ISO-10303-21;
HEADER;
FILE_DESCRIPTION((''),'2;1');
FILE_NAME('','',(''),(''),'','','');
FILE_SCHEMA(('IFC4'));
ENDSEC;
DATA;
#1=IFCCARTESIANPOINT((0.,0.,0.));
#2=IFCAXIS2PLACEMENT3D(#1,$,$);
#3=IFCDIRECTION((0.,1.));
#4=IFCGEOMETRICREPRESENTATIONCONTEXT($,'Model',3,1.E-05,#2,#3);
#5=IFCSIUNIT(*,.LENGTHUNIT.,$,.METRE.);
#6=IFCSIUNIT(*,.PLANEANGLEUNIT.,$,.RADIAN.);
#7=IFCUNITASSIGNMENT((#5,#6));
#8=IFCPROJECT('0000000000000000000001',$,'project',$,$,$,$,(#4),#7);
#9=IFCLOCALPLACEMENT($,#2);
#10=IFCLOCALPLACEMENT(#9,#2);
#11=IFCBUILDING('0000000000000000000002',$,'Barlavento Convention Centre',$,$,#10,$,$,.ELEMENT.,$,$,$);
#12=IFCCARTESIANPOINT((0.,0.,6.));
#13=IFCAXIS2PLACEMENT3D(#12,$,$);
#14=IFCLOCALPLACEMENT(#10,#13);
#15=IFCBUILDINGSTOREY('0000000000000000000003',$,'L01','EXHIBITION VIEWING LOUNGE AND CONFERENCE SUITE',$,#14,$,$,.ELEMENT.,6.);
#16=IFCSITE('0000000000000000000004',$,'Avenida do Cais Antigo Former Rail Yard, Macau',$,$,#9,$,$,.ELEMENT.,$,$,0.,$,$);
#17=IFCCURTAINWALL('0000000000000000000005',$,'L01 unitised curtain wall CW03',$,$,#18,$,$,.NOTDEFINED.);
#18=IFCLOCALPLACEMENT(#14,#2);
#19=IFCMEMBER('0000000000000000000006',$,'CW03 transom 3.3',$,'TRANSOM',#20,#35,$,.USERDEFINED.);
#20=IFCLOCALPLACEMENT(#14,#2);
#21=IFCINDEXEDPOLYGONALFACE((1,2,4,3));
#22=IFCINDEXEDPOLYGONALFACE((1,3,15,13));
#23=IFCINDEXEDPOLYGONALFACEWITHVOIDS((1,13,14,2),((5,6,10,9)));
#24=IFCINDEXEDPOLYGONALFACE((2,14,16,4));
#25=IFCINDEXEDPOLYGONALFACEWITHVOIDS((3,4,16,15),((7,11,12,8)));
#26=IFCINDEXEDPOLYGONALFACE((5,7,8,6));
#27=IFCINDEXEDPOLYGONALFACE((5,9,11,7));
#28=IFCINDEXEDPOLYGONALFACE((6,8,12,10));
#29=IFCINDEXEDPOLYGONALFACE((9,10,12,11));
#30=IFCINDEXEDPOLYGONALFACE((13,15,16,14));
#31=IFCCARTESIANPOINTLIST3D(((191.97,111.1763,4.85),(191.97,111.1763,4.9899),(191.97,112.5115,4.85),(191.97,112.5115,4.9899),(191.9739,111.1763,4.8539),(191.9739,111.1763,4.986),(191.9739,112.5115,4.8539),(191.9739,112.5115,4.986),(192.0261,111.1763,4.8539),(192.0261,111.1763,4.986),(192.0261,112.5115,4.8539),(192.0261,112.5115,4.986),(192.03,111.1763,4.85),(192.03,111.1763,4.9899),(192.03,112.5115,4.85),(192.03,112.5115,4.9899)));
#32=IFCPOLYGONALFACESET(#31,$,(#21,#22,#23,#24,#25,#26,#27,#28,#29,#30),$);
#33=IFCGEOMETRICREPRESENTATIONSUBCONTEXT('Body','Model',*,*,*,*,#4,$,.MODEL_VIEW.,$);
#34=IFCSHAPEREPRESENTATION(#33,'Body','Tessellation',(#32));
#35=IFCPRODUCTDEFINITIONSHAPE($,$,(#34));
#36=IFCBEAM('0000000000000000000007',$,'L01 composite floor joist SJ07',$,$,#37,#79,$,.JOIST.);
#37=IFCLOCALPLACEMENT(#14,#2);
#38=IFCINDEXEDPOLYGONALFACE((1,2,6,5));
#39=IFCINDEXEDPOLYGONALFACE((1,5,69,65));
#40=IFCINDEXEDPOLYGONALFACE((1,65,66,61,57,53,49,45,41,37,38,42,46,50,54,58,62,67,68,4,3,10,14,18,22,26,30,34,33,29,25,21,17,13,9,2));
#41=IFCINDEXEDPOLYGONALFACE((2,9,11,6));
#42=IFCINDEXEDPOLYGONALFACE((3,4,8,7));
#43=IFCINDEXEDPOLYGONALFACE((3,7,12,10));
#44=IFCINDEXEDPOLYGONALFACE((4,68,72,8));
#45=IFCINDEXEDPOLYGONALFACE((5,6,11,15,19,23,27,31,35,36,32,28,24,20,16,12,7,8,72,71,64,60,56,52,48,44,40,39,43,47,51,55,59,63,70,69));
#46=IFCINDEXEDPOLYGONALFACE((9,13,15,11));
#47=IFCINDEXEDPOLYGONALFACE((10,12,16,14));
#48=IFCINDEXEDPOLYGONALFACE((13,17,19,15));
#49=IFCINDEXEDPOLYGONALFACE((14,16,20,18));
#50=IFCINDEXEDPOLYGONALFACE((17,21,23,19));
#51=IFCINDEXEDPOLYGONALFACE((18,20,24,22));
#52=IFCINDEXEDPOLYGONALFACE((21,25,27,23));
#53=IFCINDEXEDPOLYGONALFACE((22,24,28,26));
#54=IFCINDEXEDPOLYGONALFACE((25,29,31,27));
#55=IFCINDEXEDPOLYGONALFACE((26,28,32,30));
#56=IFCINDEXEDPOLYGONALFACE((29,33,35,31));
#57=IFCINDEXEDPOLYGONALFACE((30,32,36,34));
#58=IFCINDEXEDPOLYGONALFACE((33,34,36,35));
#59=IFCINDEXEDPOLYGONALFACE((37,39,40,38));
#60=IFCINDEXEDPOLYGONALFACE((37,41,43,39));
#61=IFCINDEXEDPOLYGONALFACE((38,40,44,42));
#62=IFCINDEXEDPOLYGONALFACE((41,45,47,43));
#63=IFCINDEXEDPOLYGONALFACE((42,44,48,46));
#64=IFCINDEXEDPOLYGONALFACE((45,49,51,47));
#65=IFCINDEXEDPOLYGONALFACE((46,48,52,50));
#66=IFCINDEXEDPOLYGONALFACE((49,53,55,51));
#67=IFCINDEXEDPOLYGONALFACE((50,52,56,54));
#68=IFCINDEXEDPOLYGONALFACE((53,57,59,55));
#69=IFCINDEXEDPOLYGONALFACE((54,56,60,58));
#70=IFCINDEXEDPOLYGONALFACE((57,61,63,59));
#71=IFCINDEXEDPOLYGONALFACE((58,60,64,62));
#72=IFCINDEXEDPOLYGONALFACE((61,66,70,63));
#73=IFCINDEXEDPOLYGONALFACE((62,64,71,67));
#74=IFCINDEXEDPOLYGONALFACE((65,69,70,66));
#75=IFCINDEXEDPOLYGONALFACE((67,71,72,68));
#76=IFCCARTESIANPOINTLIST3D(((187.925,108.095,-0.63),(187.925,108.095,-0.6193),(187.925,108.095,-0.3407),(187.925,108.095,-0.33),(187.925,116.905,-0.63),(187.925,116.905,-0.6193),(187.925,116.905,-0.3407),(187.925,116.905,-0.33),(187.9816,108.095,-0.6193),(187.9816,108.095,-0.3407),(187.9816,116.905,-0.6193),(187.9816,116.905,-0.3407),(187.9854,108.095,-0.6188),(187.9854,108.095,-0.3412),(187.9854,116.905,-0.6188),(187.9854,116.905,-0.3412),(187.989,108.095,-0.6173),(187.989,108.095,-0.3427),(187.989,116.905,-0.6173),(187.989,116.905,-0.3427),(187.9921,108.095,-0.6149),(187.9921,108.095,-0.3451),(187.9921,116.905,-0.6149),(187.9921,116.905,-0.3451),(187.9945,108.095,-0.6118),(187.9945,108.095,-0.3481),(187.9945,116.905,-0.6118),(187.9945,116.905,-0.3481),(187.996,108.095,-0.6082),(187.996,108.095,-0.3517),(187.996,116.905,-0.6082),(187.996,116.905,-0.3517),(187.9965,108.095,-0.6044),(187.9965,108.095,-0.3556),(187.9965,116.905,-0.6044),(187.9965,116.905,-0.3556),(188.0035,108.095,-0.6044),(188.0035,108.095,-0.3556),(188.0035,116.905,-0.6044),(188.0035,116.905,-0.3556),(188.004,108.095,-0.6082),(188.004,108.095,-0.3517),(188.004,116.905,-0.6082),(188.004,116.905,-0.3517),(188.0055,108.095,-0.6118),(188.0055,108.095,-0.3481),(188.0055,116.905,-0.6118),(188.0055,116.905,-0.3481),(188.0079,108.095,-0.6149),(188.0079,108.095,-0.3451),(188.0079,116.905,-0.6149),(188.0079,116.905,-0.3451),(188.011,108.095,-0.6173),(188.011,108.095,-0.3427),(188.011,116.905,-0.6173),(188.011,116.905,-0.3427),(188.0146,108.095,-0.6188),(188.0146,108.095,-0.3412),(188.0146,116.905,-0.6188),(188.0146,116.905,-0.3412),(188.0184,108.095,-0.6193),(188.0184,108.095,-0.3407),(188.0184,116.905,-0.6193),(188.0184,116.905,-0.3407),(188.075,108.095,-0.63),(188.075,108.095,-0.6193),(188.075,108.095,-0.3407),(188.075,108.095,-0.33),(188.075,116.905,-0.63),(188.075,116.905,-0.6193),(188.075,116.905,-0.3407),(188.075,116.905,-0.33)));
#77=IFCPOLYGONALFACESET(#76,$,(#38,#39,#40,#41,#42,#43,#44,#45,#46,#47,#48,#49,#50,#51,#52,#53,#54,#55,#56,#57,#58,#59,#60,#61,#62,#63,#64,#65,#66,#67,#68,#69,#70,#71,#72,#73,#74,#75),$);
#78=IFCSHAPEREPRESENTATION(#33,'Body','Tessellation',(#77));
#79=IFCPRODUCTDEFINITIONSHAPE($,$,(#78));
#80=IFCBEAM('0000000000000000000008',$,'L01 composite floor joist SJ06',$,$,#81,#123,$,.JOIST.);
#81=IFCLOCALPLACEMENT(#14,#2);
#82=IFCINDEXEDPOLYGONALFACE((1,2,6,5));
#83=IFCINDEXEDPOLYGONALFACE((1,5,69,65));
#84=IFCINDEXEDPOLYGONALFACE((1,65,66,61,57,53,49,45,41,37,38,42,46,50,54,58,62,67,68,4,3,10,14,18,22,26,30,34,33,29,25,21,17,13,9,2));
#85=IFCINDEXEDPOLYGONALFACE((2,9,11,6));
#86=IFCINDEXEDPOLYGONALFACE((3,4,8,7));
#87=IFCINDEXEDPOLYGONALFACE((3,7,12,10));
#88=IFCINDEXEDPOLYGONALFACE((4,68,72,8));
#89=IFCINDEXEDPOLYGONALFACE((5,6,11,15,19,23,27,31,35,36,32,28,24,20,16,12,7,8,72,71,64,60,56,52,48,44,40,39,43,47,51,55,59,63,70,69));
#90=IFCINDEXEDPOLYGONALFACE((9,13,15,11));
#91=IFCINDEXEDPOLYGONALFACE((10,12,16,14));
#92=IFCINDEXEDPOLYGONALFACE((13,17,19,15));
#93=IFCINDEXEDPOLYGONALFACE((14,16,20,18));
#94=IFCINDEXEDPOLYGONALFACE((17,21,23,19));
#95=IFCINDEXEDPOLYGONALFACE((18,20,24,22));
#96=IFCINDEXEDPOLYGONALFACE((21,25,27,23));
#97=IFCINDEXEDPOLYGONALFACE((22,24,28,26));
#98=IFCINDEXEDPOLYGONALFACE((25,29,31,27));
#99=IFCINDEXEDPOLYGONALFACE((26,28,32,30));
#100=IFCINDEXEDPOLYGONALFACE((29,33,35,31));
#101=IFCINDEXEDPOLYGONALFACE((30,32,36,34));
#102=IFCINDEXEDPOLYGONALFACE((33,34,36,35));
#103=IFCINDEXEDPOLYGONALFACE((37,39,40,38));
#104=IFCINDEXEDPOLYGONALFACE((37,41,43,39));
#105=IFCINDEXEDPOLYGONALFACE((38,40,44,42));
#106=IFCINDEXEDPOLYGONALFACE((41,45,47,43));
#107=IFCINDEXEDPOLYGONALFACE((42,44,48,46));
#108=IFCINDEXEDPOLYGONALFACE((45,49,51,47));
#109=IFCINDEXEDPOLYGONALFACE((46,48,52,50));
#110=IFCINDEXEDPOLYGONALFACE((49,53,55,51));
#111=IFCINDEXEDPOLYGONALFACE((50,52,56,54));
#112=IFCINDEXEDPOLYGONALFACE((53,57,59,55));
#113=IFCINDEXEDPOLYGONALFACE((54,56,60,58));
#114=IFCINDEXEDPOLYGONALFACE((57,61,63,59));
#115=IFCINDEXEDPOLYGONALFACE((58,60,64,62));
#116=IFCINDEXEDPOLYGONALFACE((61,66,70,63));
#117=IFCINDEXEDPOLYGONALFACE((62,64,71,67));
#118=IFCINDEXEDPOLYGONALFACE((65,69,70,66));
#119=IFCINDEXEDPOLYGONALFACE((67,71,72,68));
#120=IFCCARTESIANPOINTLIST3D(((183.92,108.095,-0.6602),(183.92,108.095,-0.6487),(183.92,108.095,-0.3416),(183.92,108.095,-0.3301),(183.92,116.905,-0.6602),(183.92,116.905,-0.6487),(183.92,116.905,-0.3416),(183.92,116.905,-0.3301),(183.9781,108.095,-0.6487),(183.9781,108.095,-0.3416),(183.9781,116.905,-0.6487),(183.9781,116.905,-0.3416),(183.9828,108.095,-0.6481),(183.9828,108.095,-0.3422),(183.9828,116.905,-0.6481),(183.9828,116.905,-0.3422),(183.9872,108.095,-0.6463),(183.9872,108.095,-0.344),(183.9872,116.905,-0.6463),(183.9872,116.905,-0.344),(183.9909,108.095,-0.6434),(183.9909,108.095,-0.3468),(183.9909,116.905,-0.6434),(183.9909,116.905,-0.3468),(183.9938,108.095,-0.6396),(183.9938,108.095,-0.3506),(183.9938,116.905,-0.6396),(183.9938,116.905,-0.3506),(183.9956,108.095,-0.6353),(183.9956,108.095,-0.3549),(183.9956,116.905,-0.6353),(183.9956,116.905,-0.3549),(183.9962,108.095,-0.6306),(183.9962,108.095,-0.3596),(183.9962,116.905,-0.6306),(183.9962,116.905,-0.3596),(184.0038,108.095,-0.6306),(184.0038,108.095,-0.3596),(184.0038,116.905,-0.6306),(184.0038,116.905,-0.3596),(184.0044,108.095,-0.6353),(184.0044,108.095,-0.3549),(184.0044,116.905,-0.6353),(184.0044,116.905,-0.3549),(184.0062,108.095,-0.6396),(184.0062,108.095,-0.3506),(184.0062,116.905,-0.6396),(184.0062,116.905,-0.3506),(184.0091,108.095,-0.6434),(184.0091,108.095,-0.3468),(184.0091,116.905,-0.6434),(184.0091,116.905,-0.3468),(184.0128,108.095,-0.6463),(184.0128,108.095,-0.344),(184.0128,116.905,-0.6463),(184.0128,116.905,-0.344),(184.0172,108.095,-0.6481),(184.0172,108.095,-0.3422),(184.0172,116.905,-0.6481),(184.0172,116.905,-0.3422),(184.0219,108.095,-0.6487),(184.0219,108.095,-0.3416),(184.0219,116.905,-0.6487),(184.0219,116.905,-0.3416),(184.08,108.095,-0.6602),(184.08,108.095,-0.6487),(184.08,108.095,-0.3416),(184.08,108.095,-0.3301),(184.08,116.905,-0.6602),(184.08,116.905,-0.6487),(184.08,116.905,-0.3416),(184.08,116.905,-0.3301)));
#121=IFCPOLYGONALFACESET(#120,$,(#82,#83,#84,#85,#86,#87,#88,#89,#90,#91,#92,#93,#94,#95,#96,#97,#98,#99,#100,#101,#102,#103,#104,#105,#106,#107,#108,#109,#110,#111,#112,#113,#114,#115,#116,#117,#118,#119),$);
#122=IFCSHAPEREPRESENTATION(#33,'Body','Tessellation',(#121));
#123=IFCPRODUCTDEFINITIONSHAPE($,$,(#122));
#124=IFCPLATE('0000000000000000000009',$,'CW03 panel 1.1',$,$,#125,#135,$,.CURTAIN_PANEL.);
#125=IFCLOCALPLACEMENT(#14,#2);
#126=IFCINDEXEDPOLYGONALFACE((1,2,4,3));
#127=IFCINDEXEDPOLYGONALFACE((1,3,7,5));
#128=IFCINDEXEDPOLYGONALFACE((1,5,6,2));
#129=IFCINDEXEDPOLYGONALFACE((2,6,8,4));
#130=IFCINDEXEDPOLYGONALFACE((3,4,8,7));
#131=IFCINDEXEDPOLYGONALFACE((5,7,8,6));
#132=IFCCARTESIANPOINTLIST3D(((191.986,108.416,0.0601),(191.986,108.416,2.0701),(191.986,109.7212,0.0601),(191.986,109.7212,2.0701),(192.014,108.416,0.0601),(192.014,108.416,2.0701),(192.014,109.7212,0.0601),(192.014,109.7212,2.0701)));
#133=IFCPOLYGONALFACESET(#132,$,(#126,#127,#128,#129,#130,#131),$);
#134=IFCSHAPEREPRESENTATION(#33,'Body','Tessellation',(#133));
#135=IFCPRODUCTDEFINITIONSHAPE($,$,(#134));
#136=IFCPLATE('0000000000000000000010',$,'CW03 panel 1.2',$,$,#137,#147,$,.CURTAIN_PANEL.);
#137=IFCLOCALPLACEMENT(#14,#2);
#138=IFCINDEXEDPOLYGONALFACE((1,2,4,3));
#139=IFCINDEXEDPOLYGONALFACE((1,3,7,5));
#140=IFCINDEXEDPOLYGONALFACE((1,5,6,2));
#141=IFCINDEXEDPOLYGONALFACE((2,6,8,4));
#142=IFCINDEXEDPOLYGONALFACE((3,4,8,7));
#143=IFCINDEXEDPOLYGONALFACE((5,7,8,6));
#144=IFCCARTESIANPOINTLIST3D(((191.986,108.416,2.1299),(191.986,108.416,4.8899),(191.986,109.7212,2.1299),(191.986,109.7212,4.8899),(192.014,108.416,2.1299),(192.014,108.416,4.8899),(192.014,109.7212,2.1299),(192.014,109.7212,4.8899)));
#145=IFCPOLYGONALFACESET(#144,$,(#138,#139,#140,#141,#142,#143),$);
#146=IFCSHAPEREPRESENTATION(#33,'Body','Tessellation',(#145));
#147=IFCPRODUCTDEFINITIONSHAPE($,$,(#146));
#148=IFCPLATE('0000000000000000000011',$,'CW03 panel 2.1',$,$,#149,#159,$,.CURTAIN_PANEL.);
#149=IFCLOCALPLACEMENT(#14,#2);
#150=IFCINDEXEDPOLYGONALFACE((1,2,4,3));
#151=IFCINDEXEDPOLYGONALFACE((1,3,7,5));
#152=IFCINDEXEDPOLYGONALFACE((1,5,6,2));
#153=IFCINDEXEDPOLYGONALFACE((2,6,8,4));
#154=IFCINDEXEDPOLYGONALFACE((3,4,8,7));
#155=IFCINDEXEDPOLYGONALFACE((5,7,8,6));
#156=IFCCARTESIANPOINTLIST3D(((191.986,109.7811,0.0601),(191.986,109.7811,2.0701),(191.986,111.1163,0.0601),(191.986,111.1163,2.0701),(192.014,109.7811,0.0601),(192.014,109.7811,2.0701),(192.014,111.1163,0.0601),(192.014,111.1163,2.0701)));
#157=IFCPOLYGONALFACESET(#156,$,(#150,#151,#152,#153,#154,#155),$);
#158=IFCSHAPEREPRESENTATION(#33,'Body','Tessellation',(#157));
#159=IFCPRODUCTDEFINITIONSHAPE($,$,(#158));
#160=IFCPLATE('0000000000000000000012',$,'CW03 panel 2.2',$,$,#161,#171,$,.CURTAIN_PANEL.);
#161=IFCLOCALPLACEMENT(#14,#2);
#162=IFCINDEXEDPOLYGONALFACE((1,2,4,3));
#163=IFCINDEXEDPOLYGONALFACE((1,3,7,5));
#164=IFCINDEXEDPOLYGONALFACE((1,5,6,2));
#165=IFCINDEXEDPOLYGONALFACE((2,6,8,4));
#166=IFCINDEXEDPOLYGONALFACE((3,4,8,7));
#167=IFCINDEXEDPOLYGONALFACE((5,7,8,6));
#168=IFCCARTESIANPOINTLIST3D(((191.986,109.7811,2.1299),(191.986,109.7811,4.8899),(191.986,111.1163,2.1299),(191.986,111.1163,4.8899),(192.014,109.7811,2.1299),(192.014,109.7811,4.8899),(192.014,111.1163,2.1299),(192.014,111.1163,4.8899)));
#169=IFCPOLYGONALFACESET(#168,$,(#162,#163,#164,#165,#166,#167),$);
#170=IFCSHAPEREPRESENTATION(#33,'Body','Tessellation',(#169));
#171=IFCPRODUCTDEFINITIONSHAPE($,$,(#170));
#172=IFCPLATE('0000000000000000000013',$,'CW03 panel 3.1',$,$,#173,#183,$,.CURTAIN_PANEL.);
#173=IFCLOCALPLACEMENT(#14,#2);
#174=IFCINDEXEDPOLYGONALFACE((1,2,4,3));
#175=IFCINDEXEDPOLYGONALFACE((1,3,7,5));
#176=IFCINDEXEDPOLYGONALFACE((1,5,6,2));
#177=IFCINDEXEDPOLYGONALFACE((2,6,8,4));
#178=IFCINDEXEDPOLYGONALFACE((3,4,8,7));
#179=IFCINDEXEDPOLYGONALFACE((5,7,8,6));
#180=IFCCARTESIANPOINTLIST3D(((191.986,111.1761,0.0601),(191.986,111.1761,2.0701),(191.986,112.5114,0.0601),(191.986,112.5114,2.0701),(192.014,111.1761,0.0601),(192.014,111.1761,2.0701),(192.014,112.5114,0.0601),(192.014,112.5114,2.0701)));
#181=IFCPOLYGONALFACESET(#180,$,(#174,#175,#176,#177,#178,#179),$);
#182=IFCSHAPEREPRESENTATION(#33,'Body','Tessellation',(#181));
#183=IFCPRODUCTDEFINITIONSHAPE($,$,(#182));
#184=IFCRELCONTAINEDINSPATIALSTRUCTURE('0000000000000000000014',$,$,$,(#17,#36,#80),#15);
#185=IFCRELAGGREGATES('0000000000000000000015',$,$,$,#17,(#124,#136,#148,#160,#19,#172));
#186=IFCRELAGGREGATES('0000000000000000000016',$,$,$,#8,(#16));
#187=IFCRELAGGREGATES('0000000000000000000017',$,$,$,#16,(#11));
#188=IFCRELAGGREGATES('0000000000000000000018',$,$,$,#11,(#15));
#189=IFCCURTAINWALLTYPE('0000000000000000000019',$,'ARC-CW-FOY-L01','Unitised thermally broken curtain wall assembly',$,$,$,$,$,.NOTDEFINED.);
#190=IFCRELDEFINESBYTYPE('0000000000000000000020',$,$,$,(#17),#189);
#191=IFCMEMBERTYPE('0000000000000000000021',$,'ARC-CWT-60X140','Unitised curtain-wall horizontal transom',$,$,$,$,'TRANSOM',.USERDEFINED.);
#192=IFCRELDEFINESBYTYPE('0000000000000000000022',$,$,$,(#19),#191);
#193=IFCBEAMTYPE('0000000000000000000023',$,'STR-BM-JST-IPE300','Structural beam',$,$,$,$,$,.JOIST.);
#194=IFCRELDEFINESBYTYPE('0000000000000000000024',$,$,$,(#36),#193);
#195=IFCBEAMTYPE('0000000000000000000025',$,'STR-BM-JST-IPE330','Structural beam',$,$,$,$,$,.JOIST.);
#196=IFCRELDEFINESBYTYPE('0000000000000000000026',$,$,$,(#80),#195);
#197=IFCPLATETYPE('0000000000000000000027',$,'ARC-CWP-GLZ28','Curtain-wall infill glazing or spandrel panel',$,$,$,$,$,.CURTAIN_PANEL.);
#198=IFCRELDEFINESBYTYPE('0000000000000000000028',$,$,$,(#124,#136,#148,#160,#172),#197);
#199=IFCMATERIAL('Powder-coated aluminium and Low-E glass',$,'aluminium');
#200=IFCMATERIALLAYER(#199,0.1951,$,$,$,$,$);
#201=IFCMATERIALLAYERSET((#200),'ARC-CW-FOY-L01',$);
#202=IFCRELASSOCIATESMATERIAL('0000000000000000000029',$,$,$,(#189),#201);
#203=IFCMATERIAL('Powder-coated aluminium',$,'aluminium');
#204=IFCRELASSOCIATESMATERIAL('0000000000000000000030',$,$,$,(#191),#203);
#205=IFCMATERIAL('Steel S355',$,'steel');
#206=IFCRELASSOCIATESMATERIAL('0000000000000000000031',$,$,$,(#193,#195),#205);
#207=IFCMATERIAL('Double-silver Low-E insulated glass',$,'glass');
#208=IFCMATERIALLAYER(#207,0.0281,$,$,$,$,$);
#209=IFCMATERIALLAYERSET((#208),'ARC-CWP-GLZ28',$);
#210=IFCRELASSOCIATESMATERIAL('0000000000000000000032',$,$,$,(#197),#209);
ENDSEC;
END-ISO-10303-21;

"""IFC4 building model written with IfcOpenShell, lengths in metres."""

from ifc_helpers import new_model, si_unit, direction, frame, origin, origin_2d, place, context, subcontext, project, spatial, rectangle, hollow_rectangle, i_section, extrude, material, layer, layer_set, material_profile, profile_set, type_object, element, aggregate, save


model = new_model("IFC4")

# Units and contexts
model_context = context("Model", 3, precision=1e-05, world=origin(), true_north=direction((0.0, 1.0)))
body_context = subcontext(model_context, "Body", "Model", "MODEL_VIEW")
ifc_project = project(units=[si_unit("LENGTHUNIT", "METRE"), si_unit("PLANEANGLEUNIT", "RADIAN")], contexts=[model_context])

# Site, building, storey
site_placement = place(None, origin())
site = spatial("IfcSite", under=ifc_project, at=site_placement, Name="Avenida do Cais Antigo Former Rail Yard, Macau", CompositionType="ELEMENT", RefElevation=0.0)
building_placement = place(site_placement, origin())
building = spatial("IfcBuilding", under=site, at=building_placement, Name="Barlavento Convention Centre", CompositionType="ELEMENT")
storey_placement = place(building_placement, frame((0.0, 0.0, 6.0)))
storey = spatial("IfcBuildingStorey", under=building, at=storey_placement, Name="L01", Description="EXHIBITION VIEWING LOUNGE AND CONFERENCE SUITE", CompositionType="ELEMENT", Elevation=6.0)

# Curtain wall, member
ifc_material_1 = material(Name="Powder-coated aluminium and Low-E glass", Category="aluminium")
ifc_layer_1 = layer(ifc_material_1, 0.1951)
ifc_layer_set_1 = layer_set([ifc_layer_1], Name="ARC-CW-FOY-L01")
curtain_wall_type = type_object("IfcCurtainWallType", Name="ARC-CW-FOY-L01", Description="Unitised thermally broken curtain wall assembly", PredefinedType="NOTDEFINED", material=ifc_layer_set_1)
curtain_wall_placement = place(storey_placement, origin())
curtain_wall = element("IfcCurtainWall", 1, at=curtain_wall_placement, inside=storey, type_object=curtain_wall_type, Name="L01 unitised curtain wall CW03", PredefinedType="NOTDEFINED")
ifc_material_2 = material(Name="Powder-coated aluminium", Category="aluminium")
ifc_material_profile_1 = material_profile(ifc_material_2, hollow_rectangle(XDim=0.0601, YDim=0.1399, WallThickness=0.0039, at=origin_2d()), Name="AL-TRAN 60x140x4")
ifc_profile_set_1 = profile_set([ifc_material_profile_1], Name="Powder-coated aluminium")
member_type_1 = type_object("IfcMemberType", Name="ARC-CWT-60X140", Description="Unitised curtain-wall horizontal transom", ElementType="TRANSOM", PredefinedType="USERDEFINED", material=ifc_profile_set_1)
member_1_placement = place(storey_placement, frame((192.0, 111.1763, 4.9199), z_axis=(0.0, 1.0, 0.0), x_axis=(-1.0, 0.0, 0.0)))
member_1 = element("IfcMember", 2, at=member_1_placement, type_object=member_type_1, Name="CW03 transom 3.3", ObjectType="TRANSOM", PredefinedType="USERDEFINED", context=body_context, shape_type="SweptSolid", body=[
    extrude(hollow_rectangle(XDim=0.0601, YDim=0.1399, WallThickness=0.0039, at=origin_2d()), origin(), (0.0, 0.0, 1.0), 1.3352),
])

# Beams
ifc_material_3 = material(Name="Steel S355", Category="steel")
ifc_material_profile_2 = material_profile(ifc_material_3, i_section(OverallWidth=0.1499, OverallDepth=0.3, WebThickness=0.0071, FlangeThickness=0.0107, FilletRadius=0.0149, at=origin_2d()), Name="IPE 300")
ifc_profile_set_2 = profile_set([ifc_material_profile_2], Name="Steel S355")
beam_type_1 = type_object("IfcBeamType", Name="STR-BM-JST-IPE300", Description="Structural beam", PredefinedType="JOIST", material=ifc_profile_set_2)
beam_1_placement = place(storey_placement, frame((188.0, 108.095, -0.48), z_axis=(0.0, 1.0, 0.0), x_axis=(-1.0, 0.0, 0.0)))
element("IfcBeam", 3, at=beam_1_placement, inside=storey, type_object=beam_type_1, Name="L01 composite floor joist SJ07", PredefinedType="JOIST", context=body_context, shape_type="SweptSolid", body=[
    extrude(i_section(OverallWidth=0.1499, OverallDepth=0.3, WebThickness=0.0071, FlangeThickness=0.0107, FilletRadius=0.0149, at=origin_2d()), origin(), (0.0, 0.0, 1.0), 8.8101),
])
ifc_material_profile_3 = material_profile(ifc_material_3, i_section(OverallWidth=0.1599, OverallDepth=0.3301, WebThickness=0.0076, FlangeThickness=0.0115, FilletRadius=0.0181, at=origin_2d()), Name="IPE 330")
ifc_profile_set_3 = profile_set([ifc_material_profile_3], Name="Steel S355")
beam_type_2 = type_object("IfcBeamType", Name="STR-BM-JST-IPE330", Description="Structural beam", PredefinedType="JOIST", material=ifc_profile_set_3)
beam_2_placement = place(storey_placement, frame((184.0, 108.095, -0.4951), z_axis=(0.0, 1.0, 0.0), x_axis=(-1.0, 0.0, 0.0)))
element("IfcBeam", 4, at=beam_2_placement, inside=storey, type_object=beam_type_2, Name="L01 composite floor joist SJ06", PredefinedType="JOIST", context=body_context, shape_type="SweptSolid", body=[
    extrude(i_section(OverallWidth=0.1599, OverallDepth=0.3301, WebThickness=0.0076, FlangeThickness=0.0115, FilletRadius=0.0181, at=origin_2d()), origin(), (0.0, 0.0, 1.0), 8.8101),
])

# Plates
ifc_material_4 = material(Name="Double-silver Low-E insulated glass", Category="glass")
ifc_layer_2 = layer(ifc_material_4, 0.0281)
ifc_layer_set_2 = layer_set([ifc_layer_2], Name="ARC-CWP-GLZ28")
plate_type = type_object("IfcPlateType", Name="ARC-CWP-GLZ28", Description="Curtain-wall infill glazing or spandrel panel", PredefinedType="CURTAIN_PANEL", material=ifc_layer_set_2)
plate_1_placement = place(storey_placement, frame((192.0, 109.0686, 0.0601), z_axis=(0.0, 0.0, 1.0), x_axis=(0.0, 1.0, 0.0)))
plate_1 = element("IfcPlate", 5, at=plate_1_placement, type_object=plate_type, Name="CW03 panel 1.1", PredefinedType="CURTAIN_PANEL", context=body_context, shape_type="SweptSolid", body=[
    extrude(rectangle(XDim=1.3052, YDim=0.0281, at=origin_2d()), origin(), (0.0, 0.0, 1.0), 2.01),
])
plate_2_placement = place(storey_placement, frame((192.0, 109.0686, 2.1299), z_axis=(0.0, 0.0, 1.0), x_axis=(0.0, 1.0, 0.0)))
plate_2 = element("IfcPlate", 6, at=plate_2_placement, type_object=plate_type, Name="CW03 panel 1.2", PredefinedType="CURTAIN_PANEL", context=body_context, shape_type="SweptSolid", body=[
    extrude(rectangle(XDim=1.3052, YDim=0.0281, at=origin_2d()), origin(), (0.0, 0.0, 1.0), 2.76),
])
plate_3_placement = place(storey_placement, frame((192.0, 110.4487, 0.0601), z_axis=(0.0, 0.0, 1.0), x_axis=(0.0, 1.0, 0.0)))
plate_3 = element("IfcPlate", 7, at=plate_3_placement, type_object=plate_type, Name="CW03 panel 2.1", PredefinedType="CURTAIN_PANEL", context=body_context, shape_type="SweptSolid", body=[
    extrude(rectangle(XDim=1.3352, YDim=0.0281, at=origin_2d()), origin(), (0.0, 0.0, 1.0), 2.01),
])
plate_4_placement = place(storey_placement, frame((192.0, 110.4487, 2.1299), z_axis=(0.0, 0.0, 1.0), x_axis=(0.0, 1.0, 0.0)))
plate_4 = element("IfcPlate", 8, at=plate_4_placement, type_object=plate_type, Name="CW03 panel 2.2", PredefinedType="CURTAIN_PANEL", context=body_context, shape_type="SweptSolid", body=[
    extrude(rectangle(XDim=1.3352, YDim=0.0281, at=origin_2d()), origin(), (0.0, 0.0, 1.0), 2.76),
])
plate_5_placement = place(storey_placement, frame((192.0, 111.8438, 0.0601), z_axis=(0.0, 0.0, 1.0), x_axis=(0.0, 1.0, 0.0)))
plate_5 = element("IfcPlate", 9, at=plate_5_placement, type_object=plate_type, Name="CW03 panel 3.1", PredefinedType="CURTAIN_PANEL", context=body_context, shape_type="SweptSolid", body=[
    extrude(rectangle(XDim=1.3352, YDim=0.0281, at=origin_2d()), origin(), (0.0, 0.0, 1.0), 2.01),
])
aggregate(curtain_wall, [plate_1, plate_2, plate_3, plate_4, member_1, plate_5])

save(model, "model.ifc")
